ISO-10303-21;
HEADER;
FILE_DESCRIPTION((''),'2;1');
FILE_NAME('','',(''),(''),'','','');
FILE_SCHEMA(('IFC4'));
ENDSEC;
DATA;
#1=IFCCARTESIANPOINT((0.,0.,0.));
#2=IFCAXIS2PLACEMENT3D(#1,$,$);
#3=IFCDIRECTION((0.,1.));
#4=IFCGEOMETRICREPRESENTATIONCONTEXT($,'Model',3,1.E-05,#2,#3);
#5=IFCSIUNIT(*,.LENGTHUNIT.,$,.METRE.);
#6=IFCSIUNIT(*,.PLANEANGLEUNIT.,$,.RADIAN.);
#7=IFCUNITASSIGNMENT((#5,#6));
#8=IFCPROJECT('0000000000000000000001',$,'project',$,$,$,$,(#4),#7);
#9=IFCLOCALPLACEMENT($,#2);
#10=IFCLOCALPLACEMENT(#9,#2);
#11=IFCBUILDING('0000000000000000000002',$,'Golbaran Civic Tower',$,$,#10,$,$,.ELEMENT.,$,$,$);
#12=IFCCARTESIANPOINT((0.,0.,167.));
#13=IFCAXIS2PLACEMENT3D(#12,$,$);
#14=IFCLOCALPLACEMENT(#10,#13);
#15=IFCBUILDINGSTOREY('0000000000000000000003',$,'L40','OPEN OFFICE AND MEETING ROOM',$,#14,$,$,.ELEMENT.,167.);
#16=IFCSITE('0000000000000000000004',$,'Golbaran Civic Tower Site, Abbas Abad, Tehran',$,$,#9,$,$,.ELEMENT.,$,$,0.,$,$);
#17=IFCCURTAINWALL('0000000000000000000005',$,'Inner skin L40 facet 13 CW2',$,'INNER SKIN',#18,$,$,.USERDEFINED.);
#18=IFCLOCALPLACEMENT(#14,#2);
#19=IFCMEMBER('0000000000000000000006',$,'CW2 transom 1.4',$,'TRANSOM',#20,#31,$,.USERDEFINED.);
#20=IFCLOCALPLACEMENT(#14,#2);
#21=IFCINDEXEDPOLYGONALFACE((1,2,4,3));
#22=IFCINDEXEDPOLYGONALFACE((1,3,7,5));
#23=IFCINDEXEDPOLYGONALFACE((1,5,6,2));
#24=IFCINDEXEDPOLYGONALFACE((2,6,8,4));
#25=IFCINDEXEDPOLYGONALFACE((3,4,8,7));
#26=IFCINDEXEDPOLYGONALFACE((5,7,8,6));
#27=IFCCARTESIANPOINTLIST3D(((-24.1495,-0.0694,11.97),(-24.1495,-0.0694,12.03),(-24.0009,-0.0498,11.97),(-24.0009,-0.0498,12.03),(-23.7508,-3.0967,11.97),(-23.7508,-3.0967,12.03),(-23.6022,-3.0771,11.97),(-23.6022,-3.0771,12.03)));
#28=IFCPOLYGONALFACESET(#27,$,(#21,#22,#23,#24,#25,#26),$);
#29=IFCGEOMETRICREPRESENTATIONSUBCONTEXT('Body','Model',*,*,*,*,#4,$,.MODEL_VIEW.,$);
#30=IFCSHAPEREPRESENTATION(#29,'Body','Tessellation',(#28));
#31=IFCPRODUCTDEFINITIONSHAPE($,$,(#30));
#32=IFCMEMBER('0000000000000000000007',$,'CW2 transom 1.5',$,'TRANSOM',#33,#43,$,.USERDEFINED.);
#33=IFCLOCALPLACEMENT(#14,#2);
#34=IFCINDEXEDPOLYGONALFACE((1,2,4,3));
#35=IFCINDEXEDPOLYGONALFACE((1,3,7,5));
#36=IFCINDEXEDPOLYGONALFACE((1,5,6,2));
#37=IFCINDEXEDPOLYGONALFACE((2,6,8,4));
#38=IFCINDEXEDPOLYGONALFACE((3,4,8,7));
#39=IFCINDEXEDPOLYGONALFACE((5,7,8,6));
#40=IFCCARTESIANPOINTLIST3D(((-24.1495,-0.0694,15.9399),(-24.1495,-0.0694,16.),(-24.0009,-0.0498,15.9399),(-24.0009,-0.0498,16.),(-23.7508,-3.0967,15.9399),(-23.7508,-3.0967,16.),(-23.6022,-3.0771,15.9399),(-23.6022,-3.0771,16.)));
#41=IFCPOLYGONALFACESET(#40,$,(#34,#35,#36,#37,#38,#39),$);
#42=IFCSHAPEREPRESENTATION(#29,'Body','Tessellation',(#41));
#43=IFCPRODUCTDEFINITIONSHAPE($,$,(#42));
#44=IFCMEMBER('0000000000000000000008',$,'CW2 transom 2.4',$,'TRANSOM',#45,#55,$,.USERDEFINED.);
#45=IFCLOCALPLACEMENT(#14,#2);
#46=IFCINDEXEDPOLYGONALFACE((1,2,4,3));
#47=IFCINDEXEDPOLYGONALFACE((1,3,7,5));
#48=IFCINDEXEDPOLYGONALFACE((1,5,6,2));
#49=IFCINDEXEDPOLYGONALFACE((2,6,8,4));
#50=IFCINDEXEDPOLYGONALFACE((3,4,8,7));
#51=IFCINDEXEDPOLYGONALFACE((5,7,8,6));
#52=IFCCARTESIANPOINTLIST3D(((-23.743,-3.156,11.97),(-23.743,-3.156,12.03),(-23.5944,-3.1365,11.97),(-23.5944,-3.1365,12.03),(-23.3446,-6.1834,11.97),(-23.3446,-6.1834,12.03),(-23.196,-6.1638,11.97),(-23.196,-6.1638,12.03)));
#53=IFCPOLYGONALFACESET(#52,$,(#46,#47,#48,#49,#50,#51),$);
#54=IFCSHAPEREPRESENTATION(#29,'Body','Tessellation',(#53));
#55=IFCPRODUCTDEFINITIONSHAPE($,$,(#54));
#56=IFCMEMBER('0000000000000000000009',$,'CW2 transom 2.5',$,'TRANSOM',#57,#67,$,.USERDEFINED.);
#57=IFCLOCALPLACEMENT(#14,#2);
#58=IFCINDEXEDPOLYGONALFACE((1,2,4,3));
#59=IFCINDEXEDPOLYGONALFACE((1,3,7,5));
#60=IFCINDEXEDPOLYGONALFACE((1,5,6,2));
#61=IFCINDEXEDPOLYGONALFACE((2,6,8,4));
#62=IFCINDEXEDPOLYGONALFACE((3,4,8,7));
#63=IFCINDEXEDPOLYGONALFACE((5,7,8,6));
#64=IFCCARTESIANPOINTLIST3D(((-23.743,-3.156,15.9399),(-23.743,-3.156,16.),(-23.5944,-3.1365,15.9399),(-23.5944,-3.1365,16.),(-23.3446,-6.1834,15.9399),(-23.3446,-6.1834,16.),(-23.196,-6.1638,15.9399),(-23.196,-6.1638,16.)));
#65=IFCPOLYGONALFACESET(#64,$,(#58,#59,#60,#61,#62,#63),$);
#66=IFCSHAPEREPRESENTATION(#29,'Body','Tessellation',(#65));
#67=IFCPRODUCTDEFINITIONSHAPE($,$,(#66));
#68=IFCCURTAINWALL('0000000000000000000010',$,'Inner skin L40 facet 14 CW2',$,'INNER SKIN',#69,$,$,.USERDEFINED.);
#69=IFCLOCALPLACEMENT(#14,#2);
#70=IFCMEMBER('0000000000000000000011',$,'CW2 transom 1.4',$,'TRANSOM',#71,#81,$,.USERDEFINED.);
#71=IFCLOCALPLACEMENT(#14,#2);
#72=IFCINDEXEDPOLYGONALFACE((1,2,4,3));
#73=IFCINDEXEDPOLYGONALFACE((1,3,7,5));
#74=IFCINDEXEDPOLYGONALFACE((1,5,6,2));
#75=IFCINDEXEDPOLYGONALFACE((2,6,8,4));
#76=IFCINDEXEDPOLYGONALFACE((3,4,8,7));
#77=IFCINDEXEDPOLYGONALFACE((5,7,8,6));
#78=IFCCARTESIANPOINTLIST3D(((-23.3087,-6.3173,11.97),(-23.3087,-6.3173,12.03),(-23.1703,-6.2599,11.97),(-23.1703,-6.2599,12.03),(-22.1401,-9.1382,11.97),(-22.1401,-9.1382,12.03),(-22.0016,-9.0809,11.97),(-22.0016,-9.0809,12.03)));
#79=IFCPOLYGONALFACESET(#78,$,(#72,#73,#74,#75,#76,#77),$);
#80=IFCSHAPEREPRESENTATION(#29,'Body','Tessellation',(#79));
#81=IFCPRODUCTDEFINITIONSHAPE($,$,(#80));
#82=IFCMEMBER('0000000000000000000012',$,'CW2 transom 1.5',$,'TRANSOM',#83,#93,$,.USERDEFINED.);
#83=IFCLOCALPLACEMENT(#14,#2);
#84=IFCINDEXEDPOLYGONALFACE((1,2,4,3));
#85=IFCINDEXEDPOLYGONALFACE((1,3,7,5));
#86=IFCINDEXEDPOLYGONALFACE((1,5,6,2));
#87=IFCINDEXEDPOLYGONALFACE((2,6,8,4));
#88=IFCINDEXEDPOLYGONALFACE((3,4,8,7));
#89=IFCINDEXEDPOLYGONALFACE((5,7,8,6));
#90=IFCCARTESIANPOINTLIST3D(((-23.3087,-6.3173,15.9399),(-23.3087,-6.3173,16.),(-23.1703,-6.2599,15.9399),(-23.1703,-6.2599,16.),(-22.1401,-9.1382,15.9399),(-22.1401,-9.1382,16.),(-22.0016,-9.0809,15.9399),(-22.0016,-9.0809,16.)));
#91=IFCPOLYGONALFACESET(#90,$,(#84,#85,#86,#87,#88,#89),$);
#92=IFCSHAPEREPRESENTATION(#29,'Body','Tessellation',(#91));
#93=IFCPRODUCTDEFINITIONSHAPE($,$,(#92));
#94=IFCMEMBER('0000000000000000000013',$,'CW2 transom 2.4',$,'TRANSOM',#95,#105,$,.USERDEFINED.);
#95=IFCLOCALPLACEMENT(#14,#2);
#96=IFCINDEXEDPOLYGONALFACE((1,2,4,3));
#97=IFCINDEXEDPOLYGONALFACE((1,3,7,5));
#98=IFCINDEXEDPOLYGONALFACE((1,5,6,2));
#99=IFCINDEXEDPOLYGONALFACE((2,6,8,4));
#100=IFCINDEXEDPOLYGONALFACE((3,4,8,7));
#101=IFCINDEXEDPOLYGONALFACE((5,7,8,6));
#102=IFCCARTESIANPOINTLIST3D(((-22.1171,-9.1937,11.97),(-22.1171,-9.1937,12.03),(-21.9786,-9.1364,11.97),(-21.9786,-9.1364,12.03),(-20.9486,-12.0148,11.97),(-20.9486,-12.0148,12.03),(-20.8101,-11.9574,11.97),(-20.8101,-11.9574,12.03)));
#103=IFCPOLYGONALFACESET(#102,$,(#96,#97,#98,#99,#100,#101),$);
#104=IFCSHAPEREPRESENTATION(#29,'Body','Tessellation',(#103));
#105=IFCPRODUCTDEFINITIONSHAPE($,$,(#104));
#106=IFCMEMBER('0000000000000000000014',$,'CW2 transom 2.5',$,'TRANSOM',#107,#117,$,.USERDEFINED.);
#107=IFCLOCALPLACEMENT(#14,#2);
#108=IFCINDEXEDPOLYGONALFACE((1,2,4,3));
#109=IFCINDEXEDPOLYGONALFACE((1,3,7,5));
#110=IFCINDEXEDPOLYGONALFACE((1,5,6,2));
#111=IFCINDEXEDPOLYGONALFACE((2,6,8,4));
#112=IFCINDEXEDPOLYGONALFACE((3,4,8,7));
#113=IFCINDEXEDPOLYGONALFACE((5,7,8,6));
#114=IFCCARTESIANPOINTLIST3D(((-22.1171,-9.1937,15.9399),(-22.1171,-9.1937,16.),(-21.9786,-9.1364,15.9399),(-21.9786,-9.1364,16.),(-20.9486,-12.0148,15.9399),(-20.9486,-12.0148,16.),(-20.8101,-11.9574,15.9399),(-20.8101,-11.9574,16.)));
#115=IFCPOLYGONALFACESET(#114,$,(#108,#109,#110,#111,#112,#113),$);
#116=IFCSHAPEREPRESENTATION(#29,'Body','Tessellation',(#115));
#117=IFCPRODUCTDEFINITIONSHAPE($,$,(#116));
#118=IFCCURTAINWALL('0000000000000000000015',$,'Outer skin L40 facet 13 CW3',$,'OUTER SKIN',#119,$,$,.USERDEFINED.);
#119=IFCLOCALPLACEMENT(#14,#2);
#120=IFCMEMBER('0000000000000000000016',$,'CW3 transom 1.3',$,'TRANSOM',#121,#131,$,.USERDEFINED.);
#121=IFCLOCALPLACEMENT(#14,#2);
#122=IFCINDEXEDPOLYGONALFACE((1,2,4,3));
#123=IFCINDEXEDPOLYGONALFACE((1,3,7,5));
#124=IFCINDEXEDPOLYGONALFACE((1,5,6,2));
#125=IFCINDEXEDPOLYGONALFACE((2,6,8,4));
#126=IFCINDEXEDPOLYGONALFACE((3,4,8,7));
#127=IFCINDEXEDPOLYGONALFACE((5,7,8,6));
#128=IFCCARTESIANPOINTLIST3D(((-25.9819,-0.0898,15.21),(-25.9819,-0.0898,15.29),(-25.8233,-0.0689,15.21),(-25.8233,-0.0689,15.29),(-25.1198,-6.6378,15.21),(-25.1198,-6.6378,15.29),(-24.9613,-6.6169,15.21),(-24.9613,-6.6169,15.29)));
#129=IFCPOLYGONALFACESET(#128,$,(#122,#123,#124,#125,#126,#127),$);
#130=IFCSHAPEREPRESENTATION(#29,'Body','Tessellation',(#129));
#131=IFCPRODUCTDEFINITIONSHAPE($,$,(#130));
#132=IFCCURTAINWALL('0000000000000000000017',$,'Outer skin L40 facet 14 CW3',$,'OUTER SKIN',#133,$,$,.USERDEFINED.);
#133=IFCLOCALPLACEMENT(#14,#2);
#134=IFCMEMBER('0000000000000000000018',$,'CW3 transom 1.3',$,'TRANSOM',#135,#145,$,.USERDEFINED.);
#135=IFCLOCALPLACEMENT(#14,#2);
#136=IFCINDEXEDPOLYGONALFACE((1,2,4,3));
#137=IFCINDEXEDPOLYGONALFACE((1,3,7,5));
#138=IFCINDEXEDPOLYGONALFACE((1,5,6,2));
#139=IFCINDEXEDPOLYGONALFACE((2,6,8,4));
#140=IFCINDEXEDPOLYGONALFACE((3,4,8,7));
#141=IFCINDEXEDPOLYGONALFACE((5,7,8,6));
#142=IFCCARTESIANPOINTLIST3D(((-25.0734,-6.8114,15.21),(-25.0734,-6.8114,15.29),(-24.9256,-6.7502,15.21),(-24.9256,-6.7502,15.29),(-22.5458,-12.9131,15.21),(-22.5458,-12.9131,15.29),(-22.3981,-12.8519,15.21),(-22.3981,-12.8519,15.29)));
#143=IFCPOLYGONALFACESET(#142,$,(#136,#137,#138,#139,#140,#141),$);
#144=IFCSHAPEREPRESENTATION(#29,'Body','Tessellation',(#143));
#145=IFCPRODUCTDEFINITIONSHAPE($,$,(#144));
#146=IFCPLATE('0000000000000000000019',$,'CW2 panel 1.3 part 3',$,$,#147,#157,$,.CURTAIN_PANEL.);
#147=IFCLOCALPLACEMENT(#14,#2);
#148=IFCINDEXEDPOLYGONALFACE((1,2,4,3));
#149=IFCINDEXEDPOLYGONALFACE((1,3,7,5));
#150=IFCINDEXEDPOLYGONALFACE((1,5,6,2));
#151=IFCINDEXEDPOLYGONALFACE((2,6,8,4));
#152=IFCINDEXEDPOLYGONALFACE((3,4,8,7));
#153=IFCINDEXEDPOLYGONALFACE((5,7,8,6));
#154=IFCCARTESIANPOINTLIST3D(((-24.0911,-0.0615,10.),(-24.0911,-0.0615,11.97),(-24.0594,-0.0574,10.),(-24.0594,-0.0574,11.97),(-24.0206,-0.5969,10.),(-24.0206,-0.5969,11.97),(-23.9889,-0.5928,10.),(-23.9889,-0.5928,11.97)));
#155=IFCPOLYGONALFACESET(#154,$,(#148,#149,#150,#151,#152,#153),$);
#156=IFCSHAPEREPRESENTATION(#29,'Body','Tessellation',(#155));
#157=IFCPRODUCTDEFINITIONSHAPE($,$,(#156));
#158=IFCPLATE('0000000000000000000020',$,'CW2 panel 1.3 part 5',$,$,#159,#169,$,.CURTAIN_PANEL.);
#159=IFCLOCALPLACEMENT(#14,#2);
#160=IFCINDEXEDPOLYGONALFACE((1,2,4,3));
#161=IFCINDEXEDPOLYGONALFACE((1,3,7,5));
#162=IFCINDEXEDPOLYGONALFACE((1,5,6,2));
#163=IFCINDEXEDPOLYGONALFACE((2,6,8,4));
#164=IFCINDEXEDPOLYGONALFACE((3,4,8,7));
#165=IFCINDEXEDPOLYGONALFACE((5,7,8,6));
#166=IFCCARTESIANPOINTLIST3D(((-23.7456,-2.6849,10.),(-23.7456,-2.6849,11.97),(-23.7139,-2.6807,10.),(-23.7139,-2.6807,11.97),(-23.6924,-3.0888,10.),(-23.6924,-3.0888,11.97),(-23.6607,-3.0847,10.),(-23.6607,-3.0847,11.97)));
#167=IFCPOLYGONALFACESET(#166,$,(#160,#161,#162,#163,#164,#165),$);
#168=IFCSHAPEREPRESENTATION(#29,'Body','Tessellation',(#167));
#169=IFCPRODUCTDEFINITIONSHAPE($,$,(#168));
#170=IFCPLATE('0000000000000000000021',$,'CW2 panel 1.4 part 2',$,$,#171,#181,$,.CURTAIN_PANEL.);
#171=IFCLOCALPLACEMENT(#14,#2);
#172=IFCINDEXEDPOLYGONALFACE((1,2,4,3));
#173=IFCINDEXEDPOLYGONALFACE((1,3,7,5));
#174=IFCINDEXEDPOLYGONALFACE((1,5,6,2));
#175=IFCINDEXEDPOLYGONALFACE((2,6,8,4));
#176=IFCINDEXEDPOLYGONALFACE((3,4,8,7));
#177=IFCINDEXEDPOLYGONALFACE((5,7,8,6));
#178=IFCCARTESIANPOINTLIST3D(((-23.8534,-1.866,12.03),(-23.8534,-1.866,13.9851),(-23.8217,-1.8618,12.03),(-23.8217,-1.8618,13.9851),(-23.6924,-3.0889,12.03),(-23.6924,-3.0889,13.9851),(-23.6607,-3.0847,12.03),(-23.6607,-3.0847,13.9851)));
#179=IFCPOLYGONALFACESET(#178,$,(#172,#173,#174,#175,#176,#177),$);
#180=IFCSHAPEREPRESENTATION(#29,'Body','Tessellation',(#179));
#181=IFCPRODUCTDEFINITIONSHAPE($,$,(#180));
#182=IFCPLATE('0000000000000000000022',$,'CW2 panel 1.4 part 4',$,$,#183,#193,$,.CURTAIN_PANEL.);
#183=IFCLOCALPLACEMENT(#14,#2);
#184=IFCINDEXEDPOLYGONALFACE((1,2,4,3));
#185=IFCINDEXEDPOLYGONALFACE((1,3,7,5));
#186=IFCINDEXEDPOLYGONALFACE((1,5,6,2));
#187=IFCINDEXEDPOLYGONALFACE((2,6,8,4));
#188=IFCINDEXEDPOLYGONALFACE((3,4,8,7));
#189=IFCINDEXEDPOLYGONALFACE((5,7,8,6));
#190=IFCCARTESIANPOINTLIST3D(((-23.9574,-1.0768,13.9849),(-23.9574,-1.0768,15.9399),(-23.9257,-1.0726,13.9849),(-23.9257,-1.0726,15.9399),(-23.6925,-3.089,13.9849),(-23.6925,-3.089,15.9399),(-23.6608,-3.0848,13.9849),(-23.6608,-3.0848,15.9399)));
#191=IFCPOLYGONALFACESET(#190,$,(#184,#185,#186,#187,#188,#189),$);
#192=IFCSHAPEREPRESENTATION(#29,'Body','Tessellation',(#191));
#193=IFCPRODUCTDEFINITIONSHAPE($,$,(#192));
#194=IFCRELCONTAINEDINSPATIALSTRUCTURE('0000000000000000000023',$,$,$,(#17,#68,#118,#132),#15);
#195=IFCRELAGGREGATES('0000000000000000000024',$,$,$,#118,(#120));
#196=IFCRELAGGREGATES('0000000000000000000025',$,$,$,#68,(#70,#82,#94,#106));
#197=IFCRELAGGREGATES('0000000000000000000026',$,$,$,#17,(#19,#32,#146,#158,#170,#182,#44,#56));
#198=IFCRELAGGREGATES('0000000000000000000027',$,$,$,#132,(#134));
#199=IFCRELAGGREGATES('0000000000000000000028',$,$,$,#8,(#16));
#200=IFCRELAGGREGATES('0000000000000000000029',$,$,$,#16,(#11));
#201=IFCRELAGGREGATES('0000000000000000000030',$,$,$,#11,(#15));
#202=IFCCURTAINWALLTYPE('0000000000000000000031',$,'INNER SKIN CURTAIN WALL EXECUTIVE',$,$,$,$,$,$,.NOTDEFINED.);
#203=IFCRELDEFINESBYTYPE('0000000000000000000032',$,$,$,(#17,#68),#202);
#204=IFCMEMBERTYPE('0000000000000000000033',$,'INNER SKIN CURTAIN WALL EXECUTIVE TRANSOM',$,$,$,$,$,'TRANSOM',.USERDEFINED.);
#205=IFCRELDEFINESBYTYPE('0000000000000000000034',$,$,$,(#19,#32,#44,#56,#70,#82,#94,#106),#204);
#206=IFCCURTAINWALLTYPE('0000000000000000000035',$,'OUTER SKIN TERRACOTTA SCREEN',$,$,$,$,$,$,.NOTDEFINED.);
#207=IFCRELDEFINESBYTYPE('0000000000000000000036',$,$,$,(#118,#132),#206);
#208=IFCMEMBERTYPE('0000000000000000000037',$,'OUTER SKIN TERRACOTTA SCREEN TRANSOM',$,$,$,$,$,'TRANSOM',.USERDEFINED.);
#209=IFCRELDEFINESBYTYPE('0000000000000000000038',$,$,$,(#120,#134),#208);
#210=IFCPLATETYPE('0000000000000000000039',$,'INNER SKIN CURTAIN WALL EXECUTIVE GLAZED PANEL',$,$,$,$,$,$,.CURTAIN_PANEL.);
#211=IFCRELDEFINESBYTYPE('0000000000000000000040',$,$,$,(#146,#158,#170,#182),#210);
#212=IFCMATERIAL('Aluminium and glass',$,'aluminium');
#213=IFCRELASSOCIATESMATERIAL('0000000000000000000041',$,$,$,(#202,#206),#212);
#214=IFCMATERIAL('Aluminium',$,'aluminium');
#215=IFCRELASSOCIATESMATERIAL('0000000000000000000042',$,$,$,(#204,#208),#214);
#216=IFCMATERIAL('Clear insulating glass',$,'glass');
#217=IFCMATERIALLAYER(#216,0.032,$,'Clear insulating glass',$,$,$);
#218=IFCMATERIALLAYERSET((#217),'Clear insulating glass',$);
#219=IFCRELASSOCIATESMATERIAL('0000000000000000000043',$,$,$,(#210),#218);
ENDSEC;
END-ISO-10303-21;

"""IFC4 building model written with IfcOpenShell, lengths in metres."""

from ifc_helpers import new_model, si_unit, direction, frame, origin, origin_2d, place, context, subcontext, project, spatial, rectangle, extrude, material, layer, layer_set, material_profile, profile_set, type_object, element, aggregate, save


model = new_model("IFC4")

# Units and contexts
model_context = context("Model", 3, precision=1e-05, world=origin(), true_north=direction((0.0, 1.0)))
body_context = subcontext(model_context, "Body", "Model", "MODEL_VIEW")
ifc_project = project(units=[si_unit("LENGTHUNIT", "METRE"), si_unit("PLANEANGLEUNIT", "RADIAN")], contexts=[model_context])

# Site, building, storey
site_placement = place(None, origin())
site = spatial("IfcSite", under=ifc_project, at=site_placement, Name="Golbaran Civic Tower Site, Abbas Abad, Tehran", CompositionType="ELEMENT", RefElevation=0.0)
building_placement = place(site_placement, origin())
building = spatial("IfcBuilding", under=site, at=building_placement, Name="Golbaran Civic Tower", CompositionType="ELEMENT")
storey_placement = place(building_placement, frame((0.0, 0.0, 167.0)))
storey = spatial("IfcBuildingStorey", under=building, at=storey_placement, Name="L40", Description="OPEN OFFICE AND MEETING ROOM", CompositionType="ELEMENT", Elevation=167.0)

# Curtain walls, members
ifc_material_1 = material(Name="Aluminium and glass", Category="aluminium")
curtain_wall_type_1 = type_object("IfcCurtainWallType", Name="INNER SKIN CURTAIN WALL EXECUTIVE", PredefinedType="NOTDEFINED", material=ifc_material_1)
curtain_wall_1_placement = place(storey_placement, origin())
curtain_wall_1 = element("IfcCurtainWall", 1, at=curtain_wall_1_placement, inside=storey, type_object=curtain_wall_type_1, Name="Inner skin L40 facet 13 CW2", ObjectType="INNER SKIN", PredefinedType="USERDEFINED")
ifc_material_2 = material(Name="Aluminium", Category="aluminium")
ifc_material_profile_1 = material_profile(ifc_material_2, rectangle(XDim=0.1499, YDim=0.0601, at=origin_2d()), Name="INNER SKIN CURTAIN WALL EXECUTIVE TRANSOM")
ifc_profile_set_1 = profile_set([ifc_material_profile_1], Name="Aluminium")
member_type_1 = type_object("IfcMemberType", Name="INNER SKIN CURTAIN WALL EXECUTIVE TRANSOM", ElementType="TRANSOM", PredefinedType="USERDEFINED", material=ifc_profile_set_1)
member_1_placement = place(storey_placement, frame((-24.0752, -0.0596, 12.0), z_axis=(0.130566, -0.99144, 0.0), x_axis=(0.99144, 0.130566, 0.0)))
member_1 = element("IfcMember", 2, at=member_1_placement, type_object=member_type_1, Name="CW2 transom 1.4", ObjectType="TRANSOM", PredefinedType="USERDEFINED", context=body_context, shape_type="SweptSolid", body=[
    extrude(rectangle(XDim=0.1499, YDim=0.0601, at=origin_2d()), origin(), (0.0, 0.0, 1.0), 3.0535),
])
member_2_placement = place(storey_placement, frame((-24.0752, -0.0596, 15.97), z_axis=(0.130566, -0.99144, 0.0), x_axis=(0.99144, 0.130566, 0.0)))
member_2 = element("IfcMember", 3, at=member_2_placement, type_object=member_type_1, Name="CW2 transom 1.5", ObjectType="TRANSOM", PredefinedType="USERDEFINED", context=body_context, shape_type="SweptSolid", body=[
    extrude(rectangle(XDim=0.1499, YDim=0.0601, at=origin_2d()), origin(), (0.0, 0.0, 1.0), 3.0535),
])
member_3_placement = place(storey_placement, frame((-23.6687, -3.1462, 12.0), z_axis=(0.130488, -0.99145, 0.0), x_axis=(0.99145, 0.130488, 0.0)))
member_3 = element("IfcMember", 4, at=member_3_placement, type_object=member_type_1, Name="CW2 transom 2.4", ObjectType="TRANSOM", PredefinedType="USERDEFINED", context=body_context, shape_type="SweptSolid", body=[
    extrude(rectangle(XDim=0.1499, YDim=0.0601, at=origin_2d()), origin(), (0.0, 0.0, 1.0), 3.0535),
])
member_4_placement = place(storey_placement, frame((-23.6687, -3.1462, 15.97), z_axis=(0.130488, -0.99145, 0.0), x_axis=(0.99145, 0.130488, 0.0)))
member_4 = element("IfcMember", 5, at=member_4_placement, type_object=member_type_1, Name="CW2 transom 2.5", ObjectType="TRANSOM", PredefinedType="USERDEFINED", context=body_context, shape_type="SweptSolid", body=[
    extrude(rectangle(XDim=0.1499, YDim=0.0601, at=origin_2d()), origin(), (0.0, 0.0, 1.0), 3.0535),
])
curtain_wall_2_placement = place(storey_placement, origin())
curtain_wall_2 = element("IfcCurtainWall", 6, at=curtain_wall_2_placement, inside=storey, type_object=curtain_wall_type_1, Name="Inner skin L40 facet 14 CW2", ObjectType="INNER SKIN", PredefinedType="USERDEFINED")
member_5_placement = place(storey_placement, frame((-23.2395, -6.2886, 12.0), z_axis=(0.382735, -0.923858, 0.0), x_axis=(0.923858, 0.382735, 0.0)))
member_5 = element("IfcMember", 7, at=member_5_placement, type_object=member_type_1, Name="CW2 transom 1.4", ObjectType="TRANSOM", PredefinedType="USERDEFINED", context=body_context, shape_type="SweptSolid", body=[
    extrude(rectangle(XDim=0.1499, YDim=0.0601, at=origin_2d()), origin(), (0.0, 0.0, 1.0), 3.0535),
])
member_6_placement = place(storey_placement, frame((-23.2395, -6.2886, 15.97), z_axis=(0.382735, -0.923858, 0.0), x_axis=(0.923858, 0.382735, 0.0)))
member_6 = element("IfcMember", 8, at=member_6_placement, type_object=member_type_1, Name="CW2 transom 1.5", ObjectType="TRANSOM", PredefinedType="USERDEFINED", context=body_context, shape_type="SweptSolid", body=[
    extrude(rectangle(XDim=0.1499, YDim=0.0601, at=origin_2d()), origin(), (0.0, 0.0, 1.0), 3.0535),
])
member_7_placement = place(storey_placement, frame((-22.0479, -9.165, 12.0), z_axis=(0.382667, -0.923886, 0.0), x_axis=(0.923886, 0.382667, 0.0)))
member_7 = element("IfcMember", 9, at=member_7_placement, type_object=member_type_1, Name="CW2 transom 2.4", ObjectType="TRANSOM", PredefinedType="USERDEFINED", context=body_context, shape_type="SweptSolid", body=[
    extrude(rectangle(XDim=0.1499, YDim=0.0601, at=origin_2d()), origin(), (0.0, 0.0, 1.0), 3.0535),
])
member_8_placement = place(storey_placement, frame((-22.0479, -9.165, 15.97), z_axis=(0.382667, -0.923886, 0.0), x_axis=(0.923886, 0.382667, 0.0)))
member_8 = element("IfcMember", 10, at=member_8_placement, type_object=member_type_1, Name="CW2 transom 2.5", ObjectType="TRANSOM", PredefinedType="USERDEFINED", context=body_context, shape_type="SweptSolid", body=[
    extrude(rectangle(XDim=0.1499, YDim=0.0601, at=origin_2d()), origin(), (0.0, 0.0, 1.0), 3.0535),
])

# Curtain walls, members
curtain_wall_type_2 = type_object("IfcCurtainWallType", Name="OUTER SKIN TERRACOTTA SCREEN", PredefinedType="NOTDEFINED", material=ifc_material_1)
curtain_wall_3_placement = place(storey_placement, origin())
curtain_wall_3 = element("IfcCurtainWall", 11, at=curtain_wall_3_placement, inside=storey, type_object=curtain_wall_type_2, Name="Outer skin L40 facet 13 CW3", ObjectType="OUTER SKIN", PredefinedType="USERDEFINED")
ifc_material_profile_2 = material_profile(ifc_material_2, rectangle(XDim=0.1599, YDim=0.0801, at=origin_2d()), Name="OUTER SKIN TERRACOTTA SCREEN TRANSOM")
ifc_profile_set_2 = profile_set([ifc_material_profile_2], Name="Aluminium")
member_type_2 = type_object("IfcMemberType", Name="OUTER SKIN TERRACOTTA SCREEN TRANSOM", ElementType="TRANSOM", PredefinedType="USERDEFINED", material=ifc_profile_set_2)
member_9_placement = place(storey_placement, frame((-25.9026, -0.0793, 15.25), z_axis=(0.130524, -0.991445, 0.0), x_axis=(0.991445, 0.130524, 0.0)))
member_9 = element("IfcMember", 12, at=member_9_placement, type_object=member_type_2, Name="CW3 transom 1.3", ObjectType="TRANSOM", PredefinedType="USERDEFINED", context=body_context, shape_type="SweptSolid", body=[
    extrude(rectangle(XDim=0.1599, YDim=0.0801, at=origin_2d()), origin(), (0.0, 0.0, 1.0), 6.6045),
])
aggregate(curtain_wall_3, [member_9])
curtain_wall_4_placement = place(storey_placement, origin())
curtain_wall_4 = element("IfcCurtainWall", 13, at=curtain_wall_4_placement, inside=storey, type_object=curtain_wall_type_2, Name="Outer skin L40 facet 14 CW3", ObjectType="OUTER SKIN", PredefinedType="USERDEFINED")
member_10_placement = place(storey_placement, frame((-24.9995, -6.7808, 15.25), z_axis=(0.382701, -0.923872, 0.0), x_axis=(0.923872, 0.382701, 0.0)))
member_10 = element("IfcMember", 14, at=member_10_placement, type_object=member_type_2, Name="CW3 transom 1.3", ObjectType="TRANSOM", PredefinedType="USERDEFINED", context=body_context, shape_type="SweptSolid", body=[
    extrude(rectangle(XDim=0.1599, YDim=0.0801, at=origin_2d()), origin(), (0.0, 0.0, 1.0), 6.6045),
])

# Plates
ifc_material_3 = material(Name="Clear insulating glass", Category="glass")
ifc_layer_1 = layer(ifc_material_3, 0.032, Name="Clear insulating glass")
ifc_layer_set_1 = layer_set([ifc_layer_1], Name="Clear insulating glass")
plate_type_1 = type_object("IfcPlateType", Name="INNER SKIN CURTAIN WALL EXECUTIVE GLAZED PANEL", PredefinedType="CURTAIN_PANEL", material=ifc_layer_set_1)
plate_1_placement = place(storey_placement, frame((-24.04, -0.3271, 10.0), z_axis=(0.0, 0.0, 1.0), x_axis=(0.130526, -0.991445, 0.0)))
plate_1 = element("IfcPlate", 15, at=plate_1_placement, type_object=plate_type_1, Name="CW2 panel 1.3 part 3", PredefinedType="CURTAIN_PANEL", context=body_context, shape_type="SweptSolid", body=[
    extrude(rectangle(XDim=0.54, YDim=0.032, at=origin_2d()), origin(), (0.0, 0.0, 1.0), 1.97),
])
plate_2_placement = place(storey_placement, frame((-23.7031, -2.8848, 10.0), z_axis=(0.0, 0.0, 1.0), x_axis=(0.130526, -0.991445, 0.0)))
plate_2 = element("IfcPlate", 16, at=plate_2_placement, type_object=plate_type_1, Name="CW2 panel 1.3 part 5", PredefinedType="CURTAIN_PANEL", context=body_context, shape_type="SweptSolid", body=[
    extrude(rectangle(XDim=0.4075, YDim=0.032, at=origin_2d()), origin(), (0.0, 0.0, 1.0), 1.97),
])
plate_3_placement = place(storey_placement, frame((-23.7571, -2.4753, 12.03), z_axis=(0.0, 0.0, 1.0), x_axis=(0.130526, -0.991445, 0.0)))
plate_3 = element("IfcPlate", 17, at=plate_3_placement, type_object=plate_type_1, Name="CW2 panel 1.4 part 2", PredefinedType="CURTAIN_PANEL", context=body_context, shape_type="SweptSolid", body=[
    extrude(rectangle(XDim=1.2334, YDim=0.032, at=origin_2d()), origin(), (0.0, 0.0, 1.0), 1.9551),
])
plate_4_placement = place(storey_placement, frame((-23.8091, -2.0808, 13.9849), z_axis=(0.0, 0.0, 1.0), x_axis=(0.130526, -0.991445, 0.0)))
plate_4 = element("IfcPlate", 18, at=plate_4_placement, type_object=plate_type_1, Name="CW2 panel 1.4 part 4", PredefinedType="CURTAIN_PANEL", context=body_context, shape_type="SweptSolid", body=[
    extrude(rectangle(XDim=2.0295, YDim=0.032, at=origin_2d()), origin(), (0.0, 0.0, 1.0), 1.9551),
])
aggregate(curtain_wall_2, [member_5, member_6, member_7, member_8])
aggregate(curtain_wall_1, [member_1, member_2, plate_1, plate_2, plate_3, plate_4, member_3, member_4])
aggregate(curtain_wall_4, [member_10])

save(model, "model.ifc")
